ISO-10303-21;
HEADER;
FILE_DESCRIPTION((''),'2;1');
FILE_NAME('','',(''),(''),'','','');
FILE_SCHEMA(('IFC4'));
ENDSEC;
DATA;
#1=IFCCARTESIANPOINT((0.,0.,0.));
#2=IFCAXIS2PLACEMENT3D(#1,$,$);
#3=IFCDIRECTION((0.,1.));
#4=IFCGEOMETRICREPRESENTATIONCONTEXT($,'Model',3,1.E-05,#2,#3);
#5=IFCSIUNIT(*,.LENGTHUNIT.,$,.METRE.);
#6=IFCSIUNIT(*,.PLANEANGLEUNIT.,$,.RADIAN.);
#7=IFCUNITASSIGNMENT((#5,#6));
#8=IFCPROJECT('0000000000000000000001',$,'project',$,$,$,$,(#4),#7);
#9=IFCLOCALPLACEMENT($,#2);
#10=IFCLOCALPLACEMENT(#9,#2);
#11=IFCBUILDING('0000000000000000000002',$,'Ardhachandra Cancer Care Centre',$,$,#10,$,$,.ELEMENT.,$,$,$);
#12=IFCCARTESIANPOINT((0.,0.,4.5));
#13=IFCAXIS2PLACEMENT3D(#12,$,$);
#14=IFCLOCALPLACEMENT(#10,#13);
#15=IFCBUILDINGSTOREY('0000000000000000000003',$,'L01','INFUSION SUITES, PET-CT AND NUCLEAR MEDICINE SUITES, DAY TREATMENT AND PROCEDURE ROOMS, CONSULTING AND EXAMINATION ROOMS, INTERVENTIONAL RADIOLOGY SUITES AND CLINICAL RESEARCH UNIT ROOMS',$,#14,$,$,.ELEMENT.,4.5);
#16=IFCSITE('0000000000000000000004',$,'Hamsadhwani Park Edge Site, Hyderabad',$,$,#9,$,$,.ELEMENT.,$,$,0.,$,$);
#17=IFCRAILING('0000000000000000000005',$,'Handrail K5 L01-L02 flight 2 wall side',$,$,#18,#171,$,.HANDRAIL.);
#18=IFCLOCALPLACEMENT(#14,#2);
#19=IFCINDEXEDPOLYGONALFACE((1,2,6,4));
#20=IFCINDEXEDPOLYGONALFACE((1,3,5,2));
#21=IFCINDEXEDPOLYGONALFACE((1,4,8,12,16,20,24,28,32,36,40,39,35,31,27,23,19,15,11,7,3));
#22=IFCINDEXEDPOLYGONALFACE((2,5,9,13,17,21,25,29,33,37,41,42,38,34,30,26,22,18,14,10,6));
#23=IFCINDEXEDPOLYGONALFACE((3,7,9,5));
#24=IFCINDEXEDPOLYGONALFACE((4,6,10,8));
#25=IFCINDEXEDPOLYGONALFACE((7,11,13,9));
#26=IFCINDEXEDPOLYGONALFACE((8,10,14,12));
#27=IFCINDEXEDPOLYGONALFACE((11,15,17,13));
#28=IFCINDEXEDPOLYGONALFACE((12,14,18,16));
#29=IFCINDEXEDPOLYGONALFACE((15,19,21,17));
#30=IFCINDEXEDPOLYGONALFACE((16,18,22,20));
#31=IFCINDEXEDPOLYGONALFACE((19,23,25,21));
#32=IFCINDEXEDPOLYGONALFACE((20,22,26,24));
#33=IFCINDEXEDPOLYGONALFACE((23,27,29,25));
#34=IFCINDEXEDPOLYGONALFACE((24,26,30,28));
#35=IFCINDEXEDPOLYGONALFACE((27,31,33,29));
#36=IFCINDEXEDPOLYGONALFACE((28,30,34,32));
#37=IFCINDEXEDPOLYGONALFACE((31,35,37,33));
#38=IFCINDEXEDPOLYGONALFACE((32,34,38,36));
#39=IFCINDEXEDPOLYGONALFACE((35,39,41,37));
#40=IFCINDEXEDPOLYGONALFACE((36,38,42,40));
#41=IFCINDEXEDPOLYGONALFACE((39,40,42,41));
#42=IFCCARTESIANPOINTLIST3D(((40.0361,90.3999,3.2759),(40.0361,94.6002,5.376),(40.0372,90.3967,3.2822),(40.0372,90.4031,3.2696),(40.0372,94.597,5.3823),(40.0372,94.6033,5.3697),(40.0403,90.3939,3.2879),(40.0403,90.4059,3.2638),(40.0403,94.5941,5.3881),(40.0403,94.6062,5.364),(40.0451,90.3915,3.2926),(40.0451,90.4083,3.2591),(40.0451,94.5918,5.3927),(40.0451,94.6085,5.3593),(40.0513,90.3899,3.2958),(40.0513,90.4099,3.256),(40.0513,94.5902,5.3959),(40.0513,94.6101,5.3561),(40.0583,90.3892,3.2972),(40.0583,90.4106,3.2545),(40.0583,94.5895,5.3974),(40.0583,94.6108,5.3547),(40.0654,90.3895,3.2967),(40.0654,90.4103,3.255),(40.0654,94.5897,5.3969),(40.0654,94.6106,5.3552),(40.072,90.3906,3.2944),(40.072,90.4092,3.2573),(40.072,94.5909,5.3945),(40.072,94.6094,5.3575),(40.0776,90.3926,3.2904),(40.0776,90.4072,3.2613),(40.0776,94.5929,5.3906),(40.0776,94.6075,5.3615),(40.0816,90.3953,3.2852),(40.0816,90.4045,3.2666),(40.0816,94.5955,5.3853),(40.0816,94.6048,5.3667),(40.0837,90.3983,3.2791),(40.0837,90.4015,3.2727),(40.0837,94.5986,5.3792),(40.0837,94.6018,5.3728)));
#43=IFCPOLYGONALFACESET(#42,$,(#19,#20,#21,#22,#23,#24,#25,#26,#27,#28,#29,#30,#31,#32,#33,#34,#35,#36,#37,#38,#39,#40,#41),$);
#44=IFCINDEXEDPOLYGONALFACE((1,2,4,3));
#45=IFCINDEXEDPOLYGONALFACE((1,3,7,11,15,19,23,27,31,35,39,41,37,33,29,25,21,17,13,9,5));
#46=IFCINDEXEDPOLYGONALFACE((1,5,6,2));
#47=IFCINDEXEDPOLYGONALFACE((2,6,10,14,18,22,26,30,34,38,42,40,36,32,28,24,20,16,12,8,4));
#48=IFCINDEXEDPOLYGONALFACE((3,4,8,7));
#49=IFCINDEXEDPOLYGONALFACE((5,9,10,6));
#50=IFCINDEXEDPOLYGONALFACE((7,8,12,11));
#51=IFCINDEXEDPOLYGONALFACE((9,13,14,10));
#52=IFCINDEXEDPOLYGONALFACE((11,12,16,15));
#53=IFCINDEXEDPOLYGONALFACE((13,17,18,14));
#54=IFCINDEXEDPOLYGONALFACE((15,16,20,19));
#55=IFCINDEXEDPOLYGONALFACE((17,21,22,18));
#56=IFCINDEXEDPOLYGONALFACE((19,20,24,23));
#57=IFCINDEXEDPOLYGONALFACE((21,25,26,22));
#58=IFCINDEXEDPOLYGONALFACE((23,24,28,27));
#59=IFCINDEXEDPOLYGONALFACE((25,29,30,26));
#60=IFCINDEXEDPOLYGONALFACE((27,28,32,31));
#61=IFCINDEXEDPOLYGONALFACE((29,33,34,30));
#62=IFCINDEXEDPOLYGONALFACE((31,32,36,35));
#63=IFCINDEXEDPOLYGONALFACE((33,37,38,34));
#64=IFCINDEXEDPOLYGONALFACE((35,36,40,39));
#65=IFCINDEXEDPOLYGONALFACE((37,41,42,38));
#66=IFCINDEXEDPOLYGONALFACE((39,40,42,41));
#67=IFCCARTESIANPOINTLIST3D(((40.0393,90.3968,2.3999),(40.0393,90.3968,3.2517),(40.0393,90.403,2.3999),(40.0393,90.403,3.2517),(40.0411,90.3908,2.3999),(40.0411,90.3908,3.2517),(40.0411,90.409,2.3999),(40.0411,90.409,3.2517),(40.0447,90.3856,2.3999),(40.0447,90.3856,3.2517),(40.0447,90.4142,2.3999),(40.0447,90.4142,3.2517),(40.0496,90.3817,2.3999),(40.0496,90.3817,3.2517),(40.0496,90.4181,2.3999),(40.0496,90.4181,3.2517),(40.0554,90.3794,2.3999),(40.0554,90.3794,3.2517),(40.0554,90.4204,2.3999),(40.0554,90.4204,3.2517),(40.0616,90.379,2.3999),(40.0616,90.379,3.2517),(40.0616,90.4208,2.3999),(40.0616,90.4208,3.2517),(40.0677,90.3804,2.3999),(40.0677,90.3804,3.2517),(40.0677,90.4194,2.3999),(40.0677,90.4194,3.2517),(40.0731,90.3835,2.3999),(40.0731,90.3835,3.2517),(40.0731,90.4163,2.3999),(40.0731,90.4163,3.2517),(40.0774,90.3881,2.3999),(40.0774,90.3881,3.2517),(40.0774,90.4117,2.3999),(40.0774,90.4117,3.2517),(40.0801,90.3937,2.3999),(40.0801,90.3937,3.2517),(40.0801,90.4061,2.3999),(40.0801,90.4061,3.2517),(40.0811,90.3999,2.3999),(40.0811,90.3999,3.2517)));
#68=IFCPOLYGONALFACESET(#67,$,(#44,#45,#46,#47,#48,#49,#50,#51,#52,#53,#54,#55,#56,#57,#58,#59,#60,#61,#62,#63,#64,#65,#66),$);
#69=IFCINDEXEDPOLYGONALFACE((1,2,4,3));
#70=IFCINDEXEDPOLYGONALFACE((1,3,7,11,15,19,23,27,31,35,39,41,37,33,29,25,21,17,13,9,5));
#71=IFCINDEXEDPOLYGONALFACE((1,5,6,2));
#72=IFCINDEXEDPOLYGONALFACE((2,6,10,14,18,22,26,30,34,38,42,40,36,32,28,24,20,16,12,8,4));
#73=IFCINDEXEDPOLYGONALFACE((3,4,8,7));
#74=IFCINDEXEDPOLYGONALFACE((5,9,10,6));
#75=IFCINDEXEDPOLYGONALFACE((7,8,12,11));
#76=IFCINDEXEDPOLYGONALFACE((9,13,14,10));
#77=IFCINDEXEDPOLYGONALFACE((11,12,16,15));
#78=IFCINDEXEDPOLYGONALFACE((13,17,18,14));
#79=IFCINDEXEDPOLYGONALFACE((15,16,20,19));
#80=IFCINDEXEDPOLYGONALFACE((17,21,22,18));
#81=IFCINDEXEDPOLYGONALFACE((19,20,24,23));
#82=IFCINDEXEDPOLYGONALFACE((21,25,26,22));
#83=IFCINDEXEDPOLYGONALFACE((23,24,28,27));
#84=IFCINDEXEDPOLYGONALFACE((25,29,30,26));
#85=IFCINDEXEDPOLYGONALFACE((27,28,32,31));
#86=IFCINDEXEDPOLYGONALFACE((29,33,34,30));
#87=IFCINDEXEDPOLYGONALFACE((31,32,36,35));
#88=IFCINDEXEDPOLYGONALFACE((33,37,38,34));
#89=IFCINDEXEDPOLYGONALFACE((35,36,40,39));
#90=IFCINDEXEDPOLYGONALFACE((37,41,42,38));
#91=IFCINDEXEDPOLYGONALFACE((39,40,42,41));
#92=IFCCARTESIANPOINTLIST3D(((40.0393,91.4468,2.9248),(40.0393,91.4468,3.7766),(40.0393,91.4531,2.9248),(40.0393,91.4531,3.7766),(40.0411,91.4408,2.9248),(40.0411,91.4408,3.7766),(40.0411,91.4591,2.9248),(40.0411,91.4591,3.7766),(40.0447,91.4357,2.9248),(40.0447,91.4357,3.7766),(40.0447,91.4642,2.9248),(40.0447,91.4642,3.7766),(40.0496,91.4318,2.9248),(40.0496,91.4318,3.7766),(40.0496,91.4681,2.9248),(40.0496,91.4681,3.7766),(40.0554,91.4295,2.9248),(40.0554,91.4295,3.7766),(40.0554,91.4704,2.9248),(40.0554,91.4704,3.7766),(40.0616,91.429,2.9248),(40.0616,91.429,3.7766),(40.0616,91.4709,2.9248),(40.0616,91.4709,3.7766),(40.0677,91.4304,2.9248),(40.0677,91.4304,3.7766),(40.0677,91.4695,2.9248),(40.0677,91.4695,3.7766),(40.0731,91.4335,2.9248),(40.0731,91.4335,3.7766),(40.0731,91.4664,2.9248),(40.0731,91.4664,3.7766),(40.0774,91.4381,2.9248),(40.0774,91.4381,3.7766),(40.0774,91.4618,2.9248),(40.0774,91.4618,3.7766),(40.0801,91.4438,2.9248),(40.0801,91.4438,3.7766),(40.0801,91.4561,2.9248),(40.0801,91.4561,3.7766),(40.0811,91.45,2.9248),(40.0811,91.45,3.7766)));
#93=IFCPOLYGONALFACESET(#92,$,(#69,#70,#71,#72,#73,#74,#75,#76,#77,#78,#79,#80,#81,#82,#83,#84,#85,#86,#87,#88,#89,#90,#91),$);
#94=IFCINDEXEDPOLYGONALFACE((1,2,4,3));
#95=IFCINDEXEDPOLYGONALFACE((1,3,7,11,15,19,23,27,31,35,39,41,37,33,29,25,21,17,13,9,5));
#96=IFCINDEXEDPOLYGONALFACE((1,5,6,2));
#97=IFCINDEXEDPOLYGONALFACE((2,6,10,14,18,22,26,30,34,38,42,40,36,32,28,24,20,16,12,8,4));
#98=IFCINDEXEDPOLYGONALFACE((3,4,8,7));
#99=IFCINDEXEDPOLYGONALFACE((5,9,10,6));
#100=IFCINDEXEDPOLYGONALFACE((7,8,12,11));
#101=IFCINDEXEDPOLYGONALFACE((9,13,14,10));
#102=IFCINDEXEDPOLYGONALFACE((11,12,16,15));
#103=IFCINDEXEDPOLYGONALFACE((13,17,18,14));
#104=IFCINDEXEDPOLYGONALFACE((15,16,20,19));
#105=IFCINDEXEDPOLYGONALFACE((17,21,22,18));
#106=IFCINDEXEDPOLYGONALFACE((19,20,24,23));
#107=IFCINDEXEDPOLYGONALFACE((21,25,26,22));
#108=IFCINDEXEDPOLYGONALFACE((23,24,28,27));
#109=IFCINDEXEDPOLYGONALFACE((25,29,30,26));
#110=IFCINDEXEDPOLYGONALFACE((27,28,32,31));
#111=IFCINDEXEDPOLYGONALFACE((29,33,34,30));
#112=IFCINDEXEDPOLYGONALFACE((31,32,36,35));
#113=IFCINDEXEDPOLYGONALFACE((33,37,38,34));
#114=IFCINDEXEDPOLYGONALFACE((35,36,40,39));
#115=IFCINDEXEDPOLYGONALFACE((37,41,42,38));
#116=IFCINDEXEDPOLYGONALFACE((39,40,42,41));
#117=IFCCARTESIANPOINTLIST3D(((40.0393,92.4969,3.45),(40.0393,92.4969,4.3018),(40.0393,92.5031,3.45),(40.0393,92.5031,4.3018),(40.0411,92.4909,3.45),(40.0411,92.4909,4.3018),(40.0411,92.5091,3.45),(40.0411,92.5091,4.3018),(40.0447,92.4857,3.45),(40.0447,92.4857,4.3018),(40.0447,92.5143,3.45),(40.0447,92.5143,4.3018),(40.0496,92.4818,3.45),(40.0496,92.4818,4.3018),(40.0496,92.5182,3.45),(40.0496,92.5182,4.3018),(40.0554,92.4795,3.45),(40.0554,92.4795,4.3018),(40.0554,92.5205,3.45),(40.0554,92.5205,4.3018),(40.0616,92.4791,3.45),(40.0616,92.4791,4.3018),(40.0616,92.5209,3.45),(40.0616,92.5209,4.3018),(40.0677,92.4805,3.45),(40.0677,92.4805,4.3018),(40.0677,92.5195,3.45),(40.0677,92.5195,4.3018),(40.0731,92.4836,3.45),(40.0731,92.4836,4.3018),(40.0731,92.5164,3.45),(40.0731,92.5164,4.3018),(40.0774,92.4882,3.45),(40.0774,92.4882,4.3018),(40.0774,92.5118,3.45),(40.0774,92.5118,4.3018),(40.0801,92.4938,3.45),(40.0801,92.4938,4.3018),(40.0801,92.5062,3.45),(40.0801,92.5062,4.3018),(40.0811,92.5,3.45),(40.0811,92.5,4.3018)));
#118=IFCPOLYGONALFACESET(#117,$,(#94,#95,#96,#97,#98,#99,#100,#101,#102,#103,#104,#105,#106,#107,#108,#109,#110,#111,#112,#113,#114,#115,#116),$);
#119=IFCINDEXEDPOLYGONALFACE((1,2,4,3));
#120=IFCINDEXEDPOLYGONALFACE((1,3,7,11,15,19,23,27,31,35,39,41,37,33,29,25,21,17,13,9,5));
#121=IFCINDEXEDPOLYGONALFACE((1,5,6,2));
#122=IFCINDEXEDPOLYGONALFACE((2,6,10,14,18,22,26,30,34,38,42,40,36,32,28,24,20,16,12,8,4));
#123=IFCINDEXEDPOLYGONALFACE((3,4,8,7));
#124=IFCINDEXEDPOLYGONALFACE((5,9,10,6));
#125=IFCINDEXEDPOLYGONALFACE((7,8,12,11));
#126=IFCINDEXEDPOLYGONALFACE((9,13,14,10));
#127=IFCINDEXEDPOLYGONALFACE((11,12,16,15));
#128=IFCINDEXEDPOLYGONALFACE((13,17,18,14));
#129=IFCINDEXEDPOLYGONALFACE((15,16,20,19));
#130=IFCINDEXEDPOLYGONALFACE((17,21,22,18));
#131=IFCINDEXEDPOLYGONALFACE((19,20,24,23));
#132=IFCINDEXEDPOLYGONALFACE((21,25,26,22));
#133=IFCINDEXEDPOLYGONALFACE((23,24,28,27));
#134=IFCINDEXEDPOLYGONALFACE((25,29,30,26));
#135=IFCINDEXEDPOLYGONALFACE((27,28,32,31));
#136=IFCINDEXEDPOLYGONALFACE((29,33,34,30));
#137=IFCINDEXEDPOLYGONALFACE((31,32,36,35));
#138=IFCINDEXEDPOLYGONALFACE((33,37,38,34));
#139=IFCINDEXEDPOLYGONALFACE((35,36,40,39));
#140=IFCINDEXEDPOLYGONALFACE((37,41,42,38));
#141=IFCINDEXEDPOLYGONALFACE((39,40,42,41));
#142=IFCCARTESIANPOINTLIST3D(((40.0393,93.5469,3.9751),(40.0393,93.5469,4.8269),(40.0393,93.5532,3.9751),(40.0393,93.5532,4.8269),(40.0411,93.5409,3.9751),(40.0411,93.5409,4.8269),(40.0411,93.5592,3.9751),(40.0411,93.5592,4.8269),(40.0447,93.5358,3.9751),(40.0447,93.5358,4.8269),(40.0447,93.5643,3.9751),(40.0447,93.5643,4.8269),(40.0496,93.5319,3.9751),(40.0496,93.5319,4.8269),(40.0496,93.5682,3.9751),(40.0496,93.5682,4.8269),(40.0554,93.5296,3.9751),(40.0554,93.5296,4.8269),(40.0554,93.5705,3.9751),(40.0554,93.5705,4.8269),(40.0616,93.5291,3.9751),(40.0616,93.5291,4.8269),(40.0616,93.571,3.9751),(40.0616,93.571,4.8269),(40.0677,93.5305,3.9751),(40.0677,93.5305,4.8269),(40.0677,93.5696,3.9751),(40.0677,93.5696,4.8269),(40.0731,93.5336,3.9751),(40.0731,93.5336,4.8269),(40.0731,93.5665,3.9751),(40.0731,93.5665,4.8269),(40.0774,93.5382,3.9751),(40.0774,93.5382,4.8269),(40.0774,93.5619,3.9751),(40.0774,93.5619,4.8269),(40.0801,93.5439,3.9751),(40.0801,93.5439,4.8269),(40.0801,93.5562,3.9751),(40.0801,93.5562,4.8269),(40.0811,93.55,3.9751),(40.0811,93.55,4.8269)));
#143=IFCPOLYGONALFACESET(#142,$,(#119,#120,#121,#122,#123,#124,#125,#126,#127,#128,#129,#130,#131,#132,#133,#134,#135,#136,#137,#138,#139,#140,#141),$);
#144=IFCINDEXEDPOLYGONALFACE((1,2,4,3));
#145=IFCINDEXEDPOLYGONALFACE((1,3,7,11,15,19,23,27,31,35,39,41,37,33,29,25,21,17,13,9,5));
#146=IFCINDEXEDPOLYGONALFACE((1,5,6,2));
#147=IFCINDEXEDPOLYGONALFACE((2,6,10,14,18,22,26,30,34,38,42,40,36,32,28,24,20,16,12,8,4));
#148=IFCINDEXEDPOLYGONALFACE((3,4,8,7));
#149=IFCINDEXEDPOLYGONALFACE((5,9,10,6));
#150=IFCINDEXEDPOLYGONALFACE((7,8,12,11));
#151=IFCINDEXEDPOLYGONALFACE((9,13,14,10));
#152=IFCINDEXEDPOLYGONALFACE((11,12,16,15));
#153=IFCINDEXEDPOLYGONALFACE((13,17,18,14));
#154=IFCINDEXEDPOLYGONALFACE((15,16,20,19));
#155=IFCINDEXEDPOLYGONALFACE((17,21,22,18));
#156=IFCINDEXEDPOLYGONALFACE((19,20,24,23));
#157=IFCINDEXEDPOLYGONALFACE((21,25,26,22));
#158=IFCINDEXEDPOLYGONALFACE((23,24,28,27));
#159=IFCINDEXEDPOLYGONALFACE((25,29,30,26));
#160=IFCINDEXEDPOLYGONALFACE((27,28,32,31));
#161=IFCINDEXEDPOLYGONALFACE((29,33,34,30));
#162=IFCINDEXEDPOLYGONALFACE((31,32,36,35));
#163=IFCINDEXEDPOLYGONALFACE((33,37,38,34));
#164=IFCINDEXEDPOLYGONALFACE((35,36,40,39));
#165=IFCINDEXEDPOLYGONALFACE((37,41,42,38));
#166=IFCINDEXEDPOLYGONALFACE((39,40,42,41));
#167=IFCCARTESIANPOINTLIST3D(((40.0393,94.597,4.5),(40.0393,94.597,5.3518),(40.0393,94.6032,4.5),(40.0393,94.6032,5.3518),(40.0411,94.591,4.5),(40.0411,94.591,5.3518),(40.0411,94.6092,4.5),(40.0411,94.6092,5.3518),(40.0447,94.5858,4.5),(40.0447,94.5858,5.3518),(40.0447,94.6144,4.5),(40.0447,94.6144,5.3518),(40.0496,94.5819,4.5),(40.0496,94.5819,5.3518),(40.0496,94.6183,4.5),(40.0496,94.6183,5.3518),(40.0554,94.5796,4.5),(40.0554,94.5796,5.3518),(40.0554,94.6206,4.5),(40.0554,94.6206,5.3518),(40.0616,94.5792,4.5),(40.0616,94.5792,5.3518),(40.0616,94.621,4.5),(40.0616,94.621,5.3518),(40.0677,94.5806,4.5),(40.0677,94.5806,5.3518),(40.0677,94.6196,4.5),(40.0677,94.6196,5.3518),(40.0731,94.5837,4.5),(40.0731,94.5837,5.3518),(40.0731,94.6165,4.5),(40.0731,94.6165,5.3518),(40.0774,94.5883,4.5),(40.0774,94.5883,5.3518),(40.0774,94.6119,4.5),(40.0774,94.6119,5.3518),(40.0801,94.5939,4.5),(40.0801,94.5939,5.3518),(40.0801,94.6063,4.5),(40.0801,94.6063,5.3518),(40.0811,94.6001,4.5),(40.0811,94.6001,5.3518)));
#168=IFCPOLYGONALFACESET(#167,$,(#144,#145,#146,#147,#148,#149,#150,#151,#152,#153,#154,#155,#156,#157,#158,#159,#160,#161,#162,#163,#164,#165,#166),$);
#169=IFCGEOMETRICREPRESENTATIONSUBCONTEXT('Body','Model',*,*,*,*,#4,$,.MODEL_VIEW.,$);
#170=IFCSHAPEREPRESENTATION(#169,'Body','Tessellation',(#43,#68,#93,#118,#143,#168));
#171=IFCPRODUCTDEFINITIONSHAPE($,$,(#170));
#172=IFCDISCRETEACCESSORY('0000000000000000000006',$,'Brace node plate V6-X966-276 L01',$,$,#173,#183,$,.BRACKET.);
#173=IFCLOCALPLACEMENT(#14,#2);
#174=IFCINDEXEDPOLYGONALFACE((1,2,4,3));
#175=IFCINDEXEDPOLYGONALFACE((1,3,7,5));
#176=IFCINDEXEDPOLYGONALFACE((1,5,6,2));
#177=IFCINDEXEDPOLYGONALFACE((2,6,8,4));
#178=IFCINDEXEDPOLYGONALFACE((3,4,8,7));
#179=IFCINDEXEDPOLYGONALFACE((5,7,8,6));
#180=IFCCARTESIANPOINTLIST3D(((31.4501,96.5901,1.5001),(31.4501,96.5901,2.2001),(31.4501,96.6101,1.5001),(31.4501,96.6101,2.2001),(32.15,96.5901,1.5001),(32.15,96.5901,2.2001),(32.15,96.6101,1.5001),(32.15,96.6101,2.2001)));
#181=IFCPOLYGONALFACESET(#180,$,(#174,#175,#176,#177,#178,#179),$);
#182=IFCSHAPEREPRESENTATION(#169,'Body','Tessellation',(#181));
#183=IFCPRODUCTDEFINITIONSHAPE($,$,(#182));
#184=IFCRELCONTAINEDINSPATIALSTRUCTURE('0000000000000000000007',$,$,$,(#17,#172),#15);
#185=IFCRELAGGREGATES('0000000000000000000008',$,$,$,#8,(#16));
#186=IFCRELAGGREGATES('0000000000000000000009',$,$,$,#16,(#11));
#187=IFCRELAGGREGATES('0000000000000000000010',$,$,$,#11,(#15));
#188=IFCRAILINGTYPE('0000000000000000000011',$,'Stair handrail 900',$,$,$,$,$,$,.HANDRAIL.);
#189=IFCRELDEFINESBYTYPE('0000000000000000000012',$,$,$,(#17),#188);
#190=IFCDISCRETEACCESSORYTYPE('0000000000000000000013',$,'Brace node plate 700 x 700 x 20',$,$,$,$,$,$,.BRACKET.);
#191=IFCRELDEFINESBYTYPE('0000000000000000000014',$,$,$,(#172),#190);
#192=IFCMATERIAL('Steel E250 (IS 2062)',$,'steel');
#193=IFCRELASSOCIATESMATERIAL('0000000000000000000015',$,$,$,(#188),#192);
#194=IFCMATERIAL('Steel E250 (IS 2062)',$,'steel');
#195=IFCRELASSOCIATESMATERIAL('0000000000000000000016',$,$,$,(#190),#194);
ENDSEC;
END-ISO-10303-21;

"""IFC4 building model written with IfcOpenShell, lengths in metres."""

from ifc_helpers import new_model, si_unit, direction, frame, origin, origin_2d, place, context, subcontext, project, spatial, rectangle, circle, extrude, material, material_profile, profile_set, type_object, element, save


model = new_model("IFC4")

# Units and contexts
model_context = context("Model", 3, precision=1e-05, world=origin(), true_north=direction((0.0, 1.0)))
body_context = subcontext(model_context, "Body", "Model", "MODEL_VIEW")
ifc_project = project(units=[si_unit("LENGTHUNIT", "METRE"), si_unit("PLANEANGLEUNIT", "RADIAN")], contexts=[model_context])

# Site, building, storey
site_placement = place(None, origin())
site = spatial("IfcSite", under=ifc_project, at=site_placement, Name="Hamsadhwani Park Edge Site, Hyderabad", CompositionType="ELEMENT", RefElevation=0.0)
building_placement = place(site_placement, origin())
building = spatial("IfcBuilding", under=site, at=building_placement, Name="Ardhachandra Cancer Care Centre", CompositionType="ELEMENT")
storey_placement = place(building_placement, frame((0.0, 0.0, 4.5)))
storey = spatial("IfcBuildingStorey", under=building, at=storey_placement, Name="L01", Description="INFUSION SUITES, PET-CT AND NUCLEAR MEDICINE SUITES, DAY TREATMENT AND PROCEDURE ROOMS, CONSULTING AND EXAMINATION ROOMS, INTERVENTIONAL RADIOLOGY SUITES AND CLINICAL RESEARCH UNIT ROOMS", CompositionType="ELEMENT", Elevation=4.5)

# Railing
ifc_material_1 = material(Name="Steel E250 (IS 2062)", Category="steel")
railing_type = type_object("IfcRailingType", Name="Stair handrail 900", PredefinedType="HANDRAIL", material=ifc_material_1)
railing_placement = place(storey_placement, frame((40.0601, 90.3999, 2.3999)))
element("IfcRailing", 1, at=railing_placement, inside=storey, type_object=railing_type, Name="Handrail K5 L01-L02 flight 2 wall side", PredefinedType="HANDRAIL", context=body_context, shape_type="SweptSolid", body=[
    extrude(circle(Radius=0.0239, at=origin_2d()), frame((0.0, 0.0, 0.876), z_axis=(0.0, 0.894427, 0.447214), x_axis=(-1.0, 0.0, 0.0)), (0.0, 0.0, 1.0), 4.696),
    extrude(circle(Radius=0.021, at=origin_2d()), origin(), (0.0, 0.0, 1.0), 0.8518),
    extrude(circle(Radius=0.021, at=origin_2d()), frame((0.0, 1.05, 0.5249)), (0.0, 0.0, 1.0), 0.8518),
    extrude(circle(Radius=0.021, at=origin_2d()), frame((0.0, 2.1001, 1.05)), (0.0, 0.0, 1.0), 0.8518),
    extrude(circle(Radius=0.021, at=origin_2d()), frame((0.0, 3.1501, 1.5752)), (0.0, 0.0, 1.0), 0.8518),
    extrude(circle(Radius=0.021, at=origin_2d()), frame((0.0, 4.2002, 2.1001)), (0.0, 0.0, 1.0), 0.8518),
])

# Discrete accessory
ifc_material_2 = material(Name="Steel E250 (IS 2062)", Category="steel")
ifc_material_profile_1 = material_profile(ifc_material_2, rectangle(XDim=0.7, YDim=0.7, at=origin_2d()), Name="PL 700x700x20")
ifc_profile_set_1 = profile_set([ifc_material_profile_1], Name="Steel E250 (IS 2062)")
discrete_accessory_type = type_object("IfcDiscreteAccessoryType", Name="Brace node plate 700 x 700 x 20", PredefinedType="BRACKET", material=ifc_profile_set_1)
discrete_accessory_placement = place(storey_placement, frame((31.8, 96.5901, 1.8501), z_axis=(0.0, 1.0, 0.0), x_axis=(-1.0, 0.0, 0.0)))
element("IfcDiscreteAccessory", 2, at=discrete_accessory_placement, inside=storey, type_object=discrete_accessory_type, Name="Brace node plate V6-X966-276 L01", PredefinedType="BRACKET", context=body_context, shape_type="SweptSolid", body=[
    extrude(rectangle(XDim=0.7, YDim=0.7, at=origin_2d()), origin(), (0.0, 0.0, 1.0), 0.02),
])

save(model, "model.ifc")
